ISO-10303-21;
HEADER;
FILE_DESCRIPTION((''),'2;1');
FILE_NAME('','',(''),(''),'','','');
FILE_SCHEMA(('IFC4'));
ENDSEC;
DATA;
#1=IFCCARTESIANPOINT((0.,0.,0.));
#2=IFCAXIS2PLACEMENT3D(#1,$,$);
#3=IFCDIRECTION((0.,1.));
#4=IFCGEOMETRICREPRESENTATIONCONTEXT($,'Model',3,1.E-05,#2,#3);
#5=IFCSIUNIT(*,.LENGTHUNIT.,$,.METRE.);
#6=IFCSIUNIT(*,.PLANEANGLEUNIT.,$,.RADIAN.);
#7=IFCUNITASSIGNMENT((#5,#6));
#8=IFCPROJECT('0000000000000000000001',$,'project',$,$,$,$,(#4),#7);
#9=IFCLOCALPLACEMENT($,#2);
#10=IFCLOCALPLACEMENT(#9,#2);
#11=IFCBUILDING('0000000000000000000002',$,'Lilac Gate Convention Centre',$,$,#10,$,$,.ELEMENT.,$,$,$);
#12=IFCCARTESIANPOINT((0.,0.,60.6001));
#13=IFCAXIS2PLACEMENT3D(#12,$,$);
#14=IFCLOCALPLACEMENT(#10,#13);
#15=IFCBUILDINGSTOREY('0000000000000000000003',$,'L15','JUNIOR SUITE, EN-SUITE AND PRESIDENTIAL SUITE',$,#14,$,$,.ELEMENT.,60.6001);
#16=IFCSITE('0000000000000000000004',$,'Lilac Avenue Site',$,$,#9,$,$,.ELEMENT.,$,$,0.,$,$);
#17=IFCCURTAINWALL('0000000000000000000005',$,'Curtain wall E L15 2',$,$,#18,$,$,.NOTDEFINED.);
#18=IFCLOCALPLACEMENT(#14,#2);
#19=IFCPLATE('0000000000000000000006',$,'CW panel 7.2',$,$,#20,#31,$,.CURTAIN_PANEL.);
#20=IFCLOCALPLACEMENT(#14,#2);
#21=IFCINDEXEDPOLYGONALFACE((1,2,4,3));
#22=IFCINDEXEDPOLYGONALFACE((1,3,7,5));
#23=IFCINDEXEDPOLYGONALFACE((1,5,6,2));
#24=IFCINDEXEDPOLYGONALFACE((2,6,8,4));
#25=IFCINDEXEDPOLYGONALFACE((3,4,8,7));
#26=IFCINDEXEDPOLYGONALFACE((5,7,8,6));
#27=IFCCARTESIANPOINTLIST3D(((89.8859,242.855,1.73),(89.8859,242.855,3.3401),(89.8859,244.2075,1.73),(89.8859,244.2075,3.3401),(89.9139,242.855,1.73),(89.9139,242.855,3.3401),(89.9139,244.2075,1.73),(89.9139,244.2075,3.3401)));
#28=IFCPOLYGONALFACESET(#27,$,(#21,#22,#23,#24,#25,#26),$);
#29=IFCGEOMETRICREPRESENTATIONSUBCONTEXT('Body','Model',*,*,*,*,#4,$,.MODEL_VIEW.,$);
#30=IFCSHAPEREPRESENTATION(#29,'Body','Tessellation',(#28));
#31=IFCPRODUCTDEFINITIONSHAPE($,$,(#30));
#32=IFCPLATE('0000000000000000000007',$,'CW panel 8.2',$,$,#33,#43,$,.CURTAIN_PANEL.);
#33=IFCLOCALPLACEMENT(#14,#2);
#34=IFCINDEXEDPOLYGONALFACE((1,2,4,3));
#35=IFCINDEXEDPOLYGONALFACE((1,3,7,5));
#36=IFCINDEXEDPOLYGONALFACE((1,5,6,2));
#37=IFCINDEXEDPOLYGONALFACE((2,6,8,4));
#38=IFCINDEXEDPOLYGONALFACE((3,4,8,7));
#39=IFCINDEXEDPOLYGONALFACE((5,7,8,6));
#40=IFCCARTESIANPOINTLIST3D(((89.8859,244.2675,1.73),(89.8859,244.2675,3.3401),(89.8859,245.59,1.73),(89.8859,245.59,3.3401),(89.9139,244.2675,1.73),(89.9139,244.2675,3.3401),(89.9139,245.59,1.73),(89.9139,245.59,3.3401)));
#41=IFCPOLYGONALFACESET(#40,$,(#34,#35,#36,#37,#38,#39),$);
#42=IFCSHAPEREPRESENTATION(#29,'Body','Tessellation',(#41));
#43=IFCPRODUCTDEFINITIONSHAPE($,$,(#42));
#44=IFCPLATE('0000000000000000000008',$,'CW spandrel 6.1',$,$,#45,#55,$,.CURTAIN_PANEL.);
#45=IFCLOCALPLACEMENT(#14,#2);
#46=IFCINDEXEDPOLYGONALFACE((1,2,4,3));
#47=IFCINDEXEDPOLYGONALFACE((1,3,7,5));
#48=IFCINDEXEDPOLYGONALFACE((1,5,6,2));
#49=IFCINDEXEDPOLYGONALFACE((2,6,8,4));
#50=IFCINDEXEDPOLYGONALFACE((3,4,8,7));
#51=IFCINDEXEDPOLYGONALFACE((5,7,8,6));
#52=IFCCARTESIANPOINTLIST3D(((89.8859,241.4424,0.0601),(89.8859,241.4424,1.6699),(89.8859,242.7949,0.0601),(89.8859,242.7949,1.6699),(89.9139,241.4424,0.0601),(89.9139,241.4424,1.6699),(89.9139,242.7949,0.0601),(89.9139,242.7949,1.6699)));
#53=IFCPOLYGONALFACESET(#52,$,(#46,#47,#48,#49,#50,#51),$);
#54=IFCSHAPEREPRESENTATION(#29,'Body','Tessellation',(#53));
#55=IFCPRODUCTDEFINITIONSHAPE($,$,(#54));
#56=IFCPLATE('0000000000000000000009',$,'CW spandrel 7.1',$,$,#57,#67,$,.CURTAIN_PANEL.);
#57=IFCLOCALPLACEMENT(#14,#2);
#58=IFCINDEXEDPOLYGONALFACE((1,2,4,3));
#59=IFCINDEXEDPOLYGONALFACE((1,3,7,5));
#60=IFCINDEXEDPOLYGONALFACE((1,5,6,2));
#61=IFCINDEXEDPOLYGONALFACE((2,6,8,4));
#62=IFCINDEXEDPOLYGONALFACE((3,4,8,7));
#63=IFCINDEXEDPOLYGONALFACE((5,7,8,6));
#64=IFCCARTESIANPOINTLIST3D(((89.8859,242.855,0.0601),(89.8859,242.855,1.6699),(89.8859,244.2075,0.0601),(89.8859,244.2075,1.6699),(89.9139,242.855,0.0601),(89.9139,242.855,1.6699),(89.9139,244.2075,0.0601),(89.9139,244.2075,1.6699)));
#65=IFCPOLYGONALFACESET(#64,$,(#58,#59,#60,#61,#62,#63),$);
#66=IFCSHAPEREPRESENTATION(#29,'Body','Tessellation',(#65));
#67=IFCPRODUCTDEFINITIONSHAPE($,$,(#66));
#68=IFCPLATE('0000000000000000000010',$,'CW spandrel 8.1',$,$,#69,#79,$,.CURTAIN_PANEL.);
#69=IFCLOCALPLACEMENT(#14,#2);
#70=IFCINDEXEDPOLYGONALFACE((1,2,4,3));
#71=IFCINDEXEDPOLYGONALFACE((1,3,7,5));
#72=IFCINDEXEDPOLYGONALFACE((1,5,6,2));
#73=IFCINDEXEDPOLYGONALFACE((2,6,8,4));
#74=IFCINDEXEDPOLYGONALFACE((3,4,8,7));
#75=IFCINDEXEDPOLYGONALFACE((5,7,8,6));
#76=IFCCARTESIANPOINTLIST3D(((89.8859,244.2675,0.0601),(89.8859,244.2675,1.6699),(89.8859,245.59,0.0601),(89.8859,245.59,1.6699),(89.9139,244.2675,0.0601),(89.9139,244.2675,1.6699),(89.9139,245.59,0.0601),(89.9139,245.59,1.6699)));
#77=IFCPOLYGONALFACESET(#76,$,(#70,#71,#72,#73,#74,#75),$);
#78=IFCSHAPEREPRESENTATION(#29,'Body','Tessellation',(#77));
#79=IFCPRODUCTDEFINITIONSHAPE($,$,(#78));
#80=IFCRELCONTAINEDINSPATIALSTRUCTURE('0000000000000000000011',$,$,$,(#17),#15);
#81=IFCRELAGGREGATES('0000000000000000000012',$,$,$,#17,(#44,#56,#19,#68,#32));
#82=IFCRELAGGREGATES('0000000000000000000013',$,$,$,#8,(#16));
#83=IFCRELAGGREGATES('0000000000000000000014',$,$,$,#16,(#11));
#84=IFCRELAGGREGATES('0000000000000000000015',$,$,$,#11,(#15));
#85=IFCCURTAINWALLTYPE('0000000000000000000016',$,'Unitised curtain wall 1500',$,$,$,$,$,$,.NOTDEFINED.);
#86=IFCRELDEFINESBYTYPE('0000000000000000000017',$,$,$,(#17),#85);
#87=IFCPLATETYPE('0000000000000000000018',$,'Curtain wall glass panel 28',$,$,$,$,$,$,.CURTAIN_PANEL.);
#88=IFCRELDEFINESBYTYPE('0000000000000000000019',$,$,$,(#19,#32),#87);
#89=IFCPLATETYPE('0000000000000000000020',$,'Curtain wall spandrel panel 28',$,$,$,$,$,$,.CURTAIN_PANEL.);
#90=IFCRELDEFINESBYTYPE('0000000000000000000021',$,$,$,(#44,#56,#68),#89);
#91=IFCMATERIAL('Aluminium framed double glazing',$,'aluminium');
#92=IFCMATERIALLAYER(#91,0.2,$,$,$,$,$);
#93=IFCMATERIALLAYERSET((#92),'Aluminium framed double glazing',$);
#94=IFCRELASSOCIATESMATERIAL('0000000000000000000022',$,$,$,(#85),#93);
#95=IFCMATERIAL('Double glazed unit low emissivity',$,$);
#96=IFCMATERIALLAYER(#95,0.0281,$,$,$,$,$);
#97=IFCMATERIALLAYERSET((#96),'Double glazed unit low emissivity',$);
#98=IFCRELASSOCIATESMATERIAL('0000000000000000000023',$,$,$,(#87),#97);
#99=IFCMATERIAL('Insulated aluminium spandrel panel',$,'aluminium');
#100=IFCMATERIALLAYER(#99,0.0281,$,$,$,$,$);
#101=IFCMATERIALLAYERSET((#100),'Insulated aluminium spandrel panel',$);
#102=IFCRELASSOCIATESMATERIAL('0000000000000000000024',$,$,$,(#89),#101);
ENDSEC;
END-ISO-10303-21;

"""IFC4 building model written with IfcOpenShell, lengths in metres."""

from ifc_helpers import new_model, si_unit, direction, frame, origin, origin_2d, place, context, subcontext, project, spatial, rectangle, extrude, material, layer, layer_set, type_object, element, aggregate, save


model = new_model("IFC4")

# Units and contexts
model_context = context("Model", 3, precision=1e-05, world=origin(), true_north=direction((0.0, 1.0)))
body_context = subcontext(model_context, "Body", "Model", "MODEL_VIEW")
ifc_project = project(units=[si_unit("LENGTHUNIT", "METRE"), si_unit("PLANEANGLEUNIT", "RADIAN")], contexts=[model_context])

# Site, building, storey
site_placement = place(None, origin())
site = spatial("IfcSite", under=ifc_project, at=site_placement, Name="Lilac Avenue Site", CompositionType="ELEMENT", RefElevation=0.0)
building_placement = place(site_placement, origin())
building = spatial("IfcBuilding", under=site, at=building_placement, Name="Lilac Gate Convention Centre", CompositionType="ELEMENT")
storey_placement = place(building_placement, frame((0.0, 0.0, 60.6001)))
storey = spatial("IfcBuildingStorey", under=building, at=storey_placement, Name="L15", Description="JUNIOR SUITE, EN-SUITE AND PRESIDENTIAL SUITE", CompositionType="ELEMENT", Elevation=60.6001)

# Curtain wall, plates
ifc_material_1 = material(Name="Aluminium framed double glazing", Category="aluminium")
ifc_layer_1 = layer(ifc_material_1, 0.2)
ifc_layer_set_1 = layer_set([ifc_layer_1], Name="Aluminium framed double glazing")
curtain_wall_type = type_object("IfcCurtainWallType", Name="Unitised curtain wall 1500", PredefinedType="NOTDEFINED", material=ifc_layer_set_1)
curtain_wall_placement = place(storey_placement, origin())
curtain_wall = element("IfcCurtainWall", 1, at=curtain_wall_placement, inside=storey, type_object=curtain_wall_type, Name="Curtain wall E L15 2", PredefinedType="NOTDEFINED")
ifc_material_2 = material(Name="Double glazed unit low emissivity")
ifc_layer_2 = layer(ifc_material_2, 0.0281)
ifc_layer_set_2 = layer_set([ifc_layer_2], Name="Double glazed unit low emissivity")
plate_type_1 = type_object("IfcPlateType", Name="Curtain wall glass panel 28", PredefinedType="CURTAIN_PANEL", material=ifc_layer_set_2)
plate_1_placement = place(storey_placement, frame((89.8999, 243.5312, 1.73), z_axis=(0.0, 0.0, 1.0), x_axis=(0.0, 1.0, 0.0)))
plate_1 = element("IfcPlate", 2, at=plate_1_placement, type_object=plate_type_1, Name="CW panel 7.2", PredefinedType="CURTAIN_PANEL", context=body_context, shape_type="SweptSolid", body=[
    extrude(rectangle(XDim=1.3525, YDim=0.0281, at=origin_2d()), origin(), (0.0, 0.0, 1.0), 1.6101),
])
plate_2_placement = place(storey_placement, frame((89.8999, 244.9287, 1.73), z_axis=(0.0, 0.0, 1.0), x_axis=(0.0, 1.0, 0.0)))
plate_2 = element("IfcPlate", 3, at=plate_2_placement, type_object=plate_type_1, Name="CW panel 8.2", PredefinedType="CURTAIN_PANEL", context=body_context, shape_type="SweptSolid", body=[
    extrude(rectangle(XDim=1.3225, YDim=0.0281, at=origin_2d()), origin(), (0.0, 0.0, 1.0), 1.6101),
])
ifc_material_3 = material(Name="Insulated aluminium spandrel panel", Category="aluminium")
ifc_layer_3 = layer(ifc_material_3, 0.0281)
ifc_layer_set_3 = layer_set([ifc_layer_3], Name="Insulated aluminium spandrel panel")
plate_type_2 = type_object("IfcPlateType", Name="Curtain wall spandrel panel 28", PredefinedType="CURTAIN_PANEL", material=ifc_layer_set_3)
plate_3_placement = place(storey_placement, frame((89.8999, 242.1187, 0.0601), z_axis=(0.0, 0.0, 1.0), x_axis=(0.0, 1.0, 0.0)))
plate_3 = element("IfcPlate", 4, at=plate_3_placement, type_object=plate_type_2, Name="CW spandrel 6.1", PredefinedType="CURTAIN_PANEL", context=body_context, shape_type="SweptSolid", body=[
    extrude(rectangle(XDim=1.3525, YDim=0.0281, at=origin_2d()), origin(), (0.0, 0.0, 1.0), 1.6099),
])
plate_4_placement = place(storey_placement, frame((89.8999, 243.5312, 0.0601), z_axis=(0.0, 0.0, 1.0), x_axis=(0.0, 1.0, 0.0)))
plate_4 = element("IfcPlate", 5, at=plate_4_placement, type_object=plate_type_2, Name="CW spandrel 7.1", PredefinedType="CURTAIN_PANEL", context=body_context, shape_type="SweptSolid", body=[
    extrude(rectangle(XDim=1.3525, YDim=0.0281, at=origin_2d()), origin(), (0.0, 0.0, 1.0), 1.6099),
])
plate_5_placement = place(storey_placement, frame((89.8999, 244.9287, 0.0601), z_axis=(0.0, 0.0, 1.0), x_axis=(0.0, 1.0, 0.0)))
plate_5 = element("IfcPlate", 6, at=plate_5_placement, type_object=plate_type_2, Name="CW spandrel 8.1", PredefinedType="CURTAIN_PANEL", context=body_context, shape_type="SweptSolid", body=[
    extrude(rectangle(XDim=1.3225, YDim=0.0281, at=origin_2d()), origin(), (0.0, 0.0, 1.0), 1.6099),
])
aggregate(curtain_wall, [plate_3, plate_4, plate_1, plate_5, plate_2])

save(model, "model.ifc")
